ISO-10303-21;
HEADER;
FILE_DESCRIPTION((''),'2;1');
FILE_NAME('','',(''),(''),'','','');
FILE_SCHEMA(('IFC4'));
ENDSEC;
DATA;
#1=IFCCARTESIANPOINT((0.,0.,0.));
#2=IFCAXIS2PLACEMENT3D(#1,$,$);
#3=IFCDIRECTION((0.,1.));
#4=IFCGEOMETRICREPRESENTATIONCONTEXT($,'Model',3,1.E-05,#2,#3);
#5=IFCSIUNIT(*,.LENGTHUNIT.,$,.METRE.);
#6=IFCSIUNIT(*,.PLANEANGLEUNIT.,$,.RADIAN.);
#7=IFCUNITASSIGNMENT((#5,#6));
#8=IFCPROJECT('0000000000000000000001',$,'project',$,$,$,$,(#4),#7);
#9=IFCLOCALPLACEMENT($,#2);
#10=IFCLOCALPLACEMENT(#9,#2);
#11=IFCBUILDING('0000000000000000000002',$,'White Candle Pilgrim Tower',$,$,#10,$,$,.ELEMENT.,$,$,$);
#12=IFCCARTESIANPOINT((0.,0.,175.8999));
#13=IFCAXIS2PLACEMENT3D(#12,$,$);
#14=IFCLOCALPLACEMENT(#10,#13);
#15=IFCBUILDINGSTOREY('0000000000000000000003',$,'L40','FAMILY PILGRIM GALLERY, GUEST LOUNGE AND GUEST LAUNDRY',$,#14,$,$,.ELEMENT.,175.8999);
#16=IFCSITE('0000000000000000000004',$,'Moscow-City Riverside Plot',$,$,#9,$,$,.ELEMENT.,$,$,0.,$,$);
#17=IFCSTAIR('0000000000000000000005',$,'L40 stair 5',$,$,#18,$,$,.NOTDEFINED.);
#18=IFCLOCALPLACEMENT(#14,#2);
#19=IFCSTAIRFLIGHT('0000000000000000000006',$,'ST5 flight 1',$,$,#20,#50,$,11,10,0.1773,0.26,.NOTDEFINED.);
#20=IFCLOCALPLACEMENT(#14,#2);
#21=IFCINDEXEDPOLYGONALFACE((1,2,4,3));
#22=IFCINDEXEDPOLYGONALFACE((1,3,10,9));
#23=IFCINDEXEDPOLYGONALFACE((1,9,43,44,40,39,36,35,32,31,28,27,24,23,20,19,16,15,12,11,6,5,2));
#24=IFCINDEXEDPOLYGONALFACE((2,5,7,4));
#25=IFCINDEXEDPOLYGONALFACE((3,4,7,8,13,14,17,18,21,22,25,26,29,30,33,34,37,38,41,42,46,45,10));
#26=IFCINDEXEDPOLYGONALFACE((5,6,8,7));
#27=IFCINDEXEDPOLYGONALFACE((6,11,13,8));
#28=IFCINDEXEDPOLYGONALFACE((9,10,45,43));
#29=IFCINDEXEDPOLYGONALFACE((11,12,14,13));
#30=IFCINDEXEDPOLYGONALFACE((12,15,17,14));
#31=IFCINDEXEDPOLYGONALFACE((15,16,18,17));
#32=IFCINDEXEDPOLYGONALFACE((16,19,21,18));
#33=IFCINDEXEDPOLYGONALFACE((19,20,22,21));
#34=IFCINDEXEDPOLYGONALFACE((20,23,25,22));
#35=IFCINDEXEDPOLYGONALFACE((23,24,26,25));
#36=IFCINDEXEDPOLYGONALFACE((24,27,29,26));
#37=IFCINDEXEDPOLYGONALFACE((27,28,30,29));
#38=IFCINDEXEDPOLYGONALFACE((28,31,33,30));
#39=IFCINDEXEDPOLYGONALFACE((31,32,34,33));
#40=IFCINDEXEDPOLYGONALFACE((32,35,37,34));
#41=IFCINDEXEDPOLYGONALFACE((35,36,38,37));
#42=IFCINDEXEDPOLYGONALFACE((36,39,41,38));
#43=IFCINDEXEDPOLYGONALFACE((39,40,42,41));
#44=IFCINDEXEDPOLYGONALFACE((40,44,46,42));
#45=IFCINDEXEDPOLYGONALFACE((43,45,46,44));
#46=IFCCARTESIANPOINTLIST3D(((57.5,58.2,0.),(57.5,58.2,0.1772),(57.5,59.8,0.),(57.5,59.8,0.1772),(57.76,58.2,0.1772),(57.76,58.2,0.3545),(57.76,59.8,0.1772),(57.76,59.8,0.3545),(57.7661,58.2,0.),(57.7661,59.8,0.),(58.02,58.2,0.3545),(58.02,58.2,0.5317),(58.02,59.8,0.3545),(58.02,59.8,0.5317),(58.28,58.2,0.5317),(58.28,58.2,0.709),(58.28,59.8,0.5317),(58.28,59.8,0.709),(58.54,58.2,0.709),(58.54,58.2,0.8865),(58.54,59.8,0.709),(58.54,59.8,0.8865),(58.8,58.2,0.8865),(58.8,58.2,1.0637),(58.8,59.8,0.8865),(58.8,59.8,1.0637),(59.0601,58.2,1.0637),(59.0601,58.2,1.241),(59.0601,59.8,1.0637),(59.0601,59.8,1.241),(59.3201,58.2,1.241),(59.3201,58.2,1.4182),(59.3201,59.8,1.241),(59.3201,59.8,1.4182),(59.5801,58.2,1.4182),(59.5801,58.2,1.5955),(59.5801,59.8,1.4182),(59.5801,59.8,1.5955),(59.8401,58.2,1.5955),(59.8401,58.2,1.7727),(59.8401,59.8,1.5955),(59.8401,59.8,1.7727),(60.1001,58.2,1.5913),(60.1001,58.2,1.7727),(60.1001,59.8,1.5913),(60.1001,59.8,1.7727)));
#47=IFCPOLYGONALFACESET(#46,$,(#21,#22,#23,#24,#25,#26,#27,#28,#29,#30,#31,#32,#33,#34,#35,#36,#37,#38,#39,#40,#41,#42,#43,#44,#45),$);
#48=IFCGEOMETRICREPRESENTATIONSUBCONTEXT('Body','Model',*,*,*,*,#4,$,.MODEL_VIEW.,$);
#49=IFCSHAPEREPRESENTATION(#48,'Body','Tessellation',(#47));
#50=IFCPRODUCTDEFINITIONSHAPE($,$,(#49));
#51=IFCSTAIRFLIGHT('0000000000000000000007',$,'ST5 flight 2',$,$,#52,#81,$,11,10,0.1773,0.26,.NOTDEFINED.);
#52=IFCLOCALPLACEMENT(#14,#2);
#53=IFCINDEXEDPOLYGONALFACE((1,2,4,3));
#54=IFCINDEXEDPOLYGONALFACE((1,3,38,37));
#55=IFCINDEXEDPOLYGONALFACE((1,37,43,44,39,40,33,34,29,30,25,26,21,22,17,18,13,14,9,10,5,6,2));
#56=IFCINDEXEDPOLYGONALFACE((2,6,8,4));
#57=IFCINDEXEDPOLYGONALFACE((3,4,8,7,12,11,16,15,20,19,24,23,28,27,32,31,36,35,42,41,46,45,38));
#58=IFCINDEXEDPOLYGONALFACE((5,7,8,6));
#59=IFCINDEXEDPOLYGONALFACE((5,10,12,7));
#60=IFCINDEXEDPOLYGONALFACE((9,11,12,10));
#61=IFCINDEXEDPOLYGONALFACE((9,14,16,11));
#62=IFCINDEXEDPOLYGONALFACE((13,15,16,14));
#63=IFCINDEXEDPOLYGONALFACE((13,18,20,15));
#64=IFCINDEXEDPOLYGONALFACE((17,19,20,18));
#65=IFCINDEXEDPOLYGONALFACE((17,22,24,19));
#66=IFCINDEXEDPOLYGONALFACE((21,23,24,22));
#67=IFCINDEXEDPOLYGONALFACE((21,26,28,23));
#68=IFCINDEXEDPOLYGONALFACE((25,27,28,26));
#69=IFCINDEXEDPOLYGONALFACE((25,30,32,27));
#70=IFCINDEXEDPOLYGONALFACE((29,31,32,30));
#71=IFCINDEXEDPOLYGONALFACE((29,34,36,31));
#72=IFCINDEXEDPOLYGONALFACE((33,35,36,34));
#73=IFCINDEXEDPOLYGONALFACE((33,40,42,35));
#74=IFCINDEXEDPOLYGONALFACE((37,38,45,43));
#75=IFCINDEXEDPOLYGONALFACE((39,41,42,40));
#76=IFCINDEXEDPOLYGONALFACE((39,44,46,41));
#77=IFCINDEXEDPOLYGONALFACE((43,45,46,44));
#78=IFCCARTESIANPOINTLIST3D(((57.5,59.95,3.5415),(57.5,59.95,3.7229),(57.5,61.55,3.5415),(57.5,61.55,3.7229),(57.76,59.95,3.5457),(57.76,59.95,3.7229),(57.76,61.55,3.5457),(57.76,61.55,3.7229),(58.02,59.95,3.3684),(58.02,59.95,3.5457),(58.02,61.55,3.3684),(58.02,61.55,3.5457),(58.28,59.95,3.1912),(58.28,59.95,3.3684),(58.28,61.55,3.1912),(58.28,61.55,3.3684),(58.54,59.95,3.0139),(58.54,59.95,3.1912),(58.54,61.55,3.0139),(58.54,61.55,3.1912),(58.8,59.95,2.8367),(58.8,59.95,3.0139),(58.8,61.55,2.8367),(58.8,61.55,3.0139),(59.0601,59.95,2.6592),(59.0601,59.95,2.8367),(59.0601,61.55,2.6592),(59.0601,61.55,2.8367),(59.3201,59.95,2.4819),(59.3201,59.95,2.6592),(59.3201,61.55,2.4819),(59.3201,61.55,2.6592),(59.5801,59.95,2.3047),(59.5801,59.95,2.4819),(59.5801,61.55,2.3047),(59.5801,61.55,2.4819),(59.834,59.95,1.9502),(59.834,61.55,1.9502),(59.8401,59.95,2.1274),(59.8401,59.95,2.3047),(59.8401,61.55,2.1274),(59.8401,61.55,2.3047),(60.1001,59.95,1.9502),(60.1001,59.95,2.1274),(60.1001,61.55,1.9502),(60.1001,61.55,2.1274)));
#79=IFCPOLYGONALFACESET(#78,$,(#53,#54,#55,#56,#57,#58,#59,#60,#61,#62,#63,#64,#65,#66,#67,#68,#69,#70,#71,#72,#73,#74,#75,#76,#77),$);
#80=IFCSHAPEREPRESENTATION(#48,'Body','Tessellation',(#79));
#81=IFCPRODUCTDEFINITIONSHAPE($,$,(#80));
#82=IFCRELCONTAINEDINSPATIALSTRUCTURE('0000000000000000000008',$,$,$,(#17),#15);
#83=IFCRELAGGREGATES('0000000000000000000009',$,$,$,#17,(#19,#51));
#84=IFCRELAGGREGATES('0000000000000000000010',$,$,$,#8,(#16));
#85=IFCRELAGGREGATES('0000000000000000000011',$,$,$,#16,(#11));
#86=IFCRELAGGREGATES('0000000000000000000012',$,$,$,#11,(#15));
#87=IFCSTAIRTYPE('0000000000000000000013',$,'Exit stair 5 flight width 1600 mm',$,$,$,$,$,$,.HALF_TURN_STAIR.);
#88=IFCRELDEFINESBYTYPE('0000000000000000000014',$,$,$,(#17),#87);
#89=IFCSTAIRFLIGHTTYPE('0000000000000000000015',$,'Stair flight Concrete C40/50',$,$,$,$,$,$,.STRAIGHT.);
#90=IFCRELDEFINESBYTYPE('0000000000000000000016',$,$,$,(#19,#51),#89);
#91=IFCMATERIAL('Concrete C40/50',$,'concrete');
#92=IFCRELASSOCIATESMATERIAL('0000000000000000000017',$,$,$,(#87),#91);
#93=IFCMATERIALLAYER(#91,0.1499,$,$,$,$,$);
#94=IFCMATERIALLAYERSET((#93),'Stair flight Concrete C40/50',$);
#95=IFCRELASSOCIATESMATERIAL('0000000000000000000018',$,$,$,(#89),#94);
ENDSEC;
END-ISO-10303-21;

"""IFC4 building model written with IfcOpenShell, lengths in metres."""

from ifc_helpers import new_model, si_unit, direction, frame, origin, place, context, subcontext, project, spatial, polyline, outline, extrude, material, layer, layer_set, type_object, element, aggregate, save


model = new_model("IFC4")

# Units and contexts
model_context = context("Model", 3, precision=1e-05, world=origin(), true_north=direction((0.0, 1.0)))
body_context = subcontext(model_context, "Body", "Model", "MODEL_VIEW")
ifc_project = project(units=[si_unit("LENGTHUNIT", "METRE"), si_unit("PLANEANGLEUNIT", "RADIAN")], contexts=[model_context])

# Site, building, storey
site_placement = place(None, origin())
site = spatial("IfcSite", under=ifc_project, at=site_placement, Name="Moscow-City Riverside Plot", CompositionType="ELEMENT", RefElevation=0.0)
building_placement = place(site_placement, origin())
building = spatial("IfcBuilding", under=site, at=building_placement, Name="White Candle Pilgrim Tower", CompositionType="ELEMENT")
storey_placement = place(building_placement, frame((0.0, 0.0, 175.8999)))
storey = spatial("IfcBuildingStorey", under=building, at=storey_placement, Name="L40", Description="FAMILY PILGRIM GALLERY, GUEST LOUNGE AND GUEST LAUNDRY", CompositionType="ELEMENT", Elevation=175.8999)

# Stair, stair flights
ifc_material_1 = material(Name="Concrete C40/50", Category="concrete")
stair_type = type_object("IfcStairType", Name="Exit stair 5 flight width 1600 mm", PredefinedType="HALF_TURN_STAIR", material=ifc_material_1)
stair_placement = place(storey_placement, origin())
stair = element("IfcStair", 1, at=stair_placement, inside=storey, type_object=stair_type, Name="L40 stair 5", PredefinedType="NOTDEFINED")
ifc_layer_1 = layer(ifc_material_1, 0.1499)
ifc_layer_set_1 = layer_set([ifc_layer_1], Name="Stair flight Concrete C40/50")
stair_flight_type = type_object("IfcStairFlightType", Name="Stair flight Concrete C40/50", PredefinedType="STRAIGHT", material=ifc_layer_set_1)
stair_flight_1_placement = place(storey_placement, frame((57.5, 59.0, 0.0), z_axis=(0.0, 0.0, 1.0), x_axis=(1.0, 0.0, 0.0)))
stair_flight_1 = element("IfcStairFlight", 2, at=stair_flight_1_placement, type_object=stair_flight_type, Name="ST5 flight 1", NumberOfRisers=11, NumberOfTreads=10, PredefinedType="NOTDEFINED", RiserHeight=0.1773, TreadLength=0.26, context=body_context, shape_type="SweptSolid", body=[
    extrude(outline(polyline([(0.0, 0.0), (0.0, 0.1772), (0.26, 0.1772), (0.26, 0.3545), (0.52, 0.3545), (0.52, 0.5317), (0.78, 0.5317), (0.78, 0.709), (1.04, 0.709), (1.04, 0.8865), (1.3, 0.8865), (1.3, 1.0637), (1.5601, 1.0637), (1.5601, 1.241), (1.8201, 1.241), (1.8201, 1.4182), (2.0801, 1.4182), (2.0801, 1.5955), (2.3401, 1.5955), (2.3401, 1.7727), (2.6001, 1.7727), (2.6001, 1.95), (2.6001, 1.5913), (0.2661, 0.0), (0.0, 0.0)])), frame((0.0, 0.8, 0.0), z_axis=(0.0, -1.0, 0.0), x_axis=(1.0, 0.0, 0.0)), (0.0, 0.0, 1.0), 1.6001),
])
stair_flight_2_placement = place(storey_placement, frame((60.1001, 60.75, 1.9502), z_axis=(0.0, 0.0, 1.0), x_axis=(-1.0, 0.0, 0.0)))
stair_flight_2 = element("IfcStairFlight", 3, at=stair_flight_2_placement, type_object=stair_flight_type, Name="ST5 flight 2", NumberOfRisers=11, NumberOfTreads=10, PredefinedType="NOTDEFINED", RiserHeight=0.1773, TreadLength=0.26, context=body_context, shape_type="SweptSolid", body=[
    extrude(outline(polyline([(0.0, 0.0), (0.0, 0.1772), (0.26, 0.1772), (0.26, 0.3545), (0.52, 0.3545), (0.52, 0.5317), (0.78, 0.5317), (0.78, 0.709), (1.04, 0.709), (1.04, 0.8865), (1.3, 0.8865), (1.3, 1.0637), (1.5601, 1.0637), (1.5601, 1.241), (1.8201, 1.241), (1.8201, 1.4182), (2.0801, 1.4182), (2.0801, 1.5955), (2.3401, 1.5955), (2.3401, 1.7727), (2.6001, 1.7727), (2.6001, 1.95), (2.6001, 1.5913), (0.2661, 0.0), (0.0, 0.0)])), frame((0.0, 0.8, 0.0), z_axis=(0.0, -1.0, 0.0), x_axis=(1.0, 0.0, 0.0)), (0.0, 0.0, 1.0), 1.6001),
])
aggregate(stair, [stair_flight_1, stair_flight_2])

save(model, "model.ifc")
